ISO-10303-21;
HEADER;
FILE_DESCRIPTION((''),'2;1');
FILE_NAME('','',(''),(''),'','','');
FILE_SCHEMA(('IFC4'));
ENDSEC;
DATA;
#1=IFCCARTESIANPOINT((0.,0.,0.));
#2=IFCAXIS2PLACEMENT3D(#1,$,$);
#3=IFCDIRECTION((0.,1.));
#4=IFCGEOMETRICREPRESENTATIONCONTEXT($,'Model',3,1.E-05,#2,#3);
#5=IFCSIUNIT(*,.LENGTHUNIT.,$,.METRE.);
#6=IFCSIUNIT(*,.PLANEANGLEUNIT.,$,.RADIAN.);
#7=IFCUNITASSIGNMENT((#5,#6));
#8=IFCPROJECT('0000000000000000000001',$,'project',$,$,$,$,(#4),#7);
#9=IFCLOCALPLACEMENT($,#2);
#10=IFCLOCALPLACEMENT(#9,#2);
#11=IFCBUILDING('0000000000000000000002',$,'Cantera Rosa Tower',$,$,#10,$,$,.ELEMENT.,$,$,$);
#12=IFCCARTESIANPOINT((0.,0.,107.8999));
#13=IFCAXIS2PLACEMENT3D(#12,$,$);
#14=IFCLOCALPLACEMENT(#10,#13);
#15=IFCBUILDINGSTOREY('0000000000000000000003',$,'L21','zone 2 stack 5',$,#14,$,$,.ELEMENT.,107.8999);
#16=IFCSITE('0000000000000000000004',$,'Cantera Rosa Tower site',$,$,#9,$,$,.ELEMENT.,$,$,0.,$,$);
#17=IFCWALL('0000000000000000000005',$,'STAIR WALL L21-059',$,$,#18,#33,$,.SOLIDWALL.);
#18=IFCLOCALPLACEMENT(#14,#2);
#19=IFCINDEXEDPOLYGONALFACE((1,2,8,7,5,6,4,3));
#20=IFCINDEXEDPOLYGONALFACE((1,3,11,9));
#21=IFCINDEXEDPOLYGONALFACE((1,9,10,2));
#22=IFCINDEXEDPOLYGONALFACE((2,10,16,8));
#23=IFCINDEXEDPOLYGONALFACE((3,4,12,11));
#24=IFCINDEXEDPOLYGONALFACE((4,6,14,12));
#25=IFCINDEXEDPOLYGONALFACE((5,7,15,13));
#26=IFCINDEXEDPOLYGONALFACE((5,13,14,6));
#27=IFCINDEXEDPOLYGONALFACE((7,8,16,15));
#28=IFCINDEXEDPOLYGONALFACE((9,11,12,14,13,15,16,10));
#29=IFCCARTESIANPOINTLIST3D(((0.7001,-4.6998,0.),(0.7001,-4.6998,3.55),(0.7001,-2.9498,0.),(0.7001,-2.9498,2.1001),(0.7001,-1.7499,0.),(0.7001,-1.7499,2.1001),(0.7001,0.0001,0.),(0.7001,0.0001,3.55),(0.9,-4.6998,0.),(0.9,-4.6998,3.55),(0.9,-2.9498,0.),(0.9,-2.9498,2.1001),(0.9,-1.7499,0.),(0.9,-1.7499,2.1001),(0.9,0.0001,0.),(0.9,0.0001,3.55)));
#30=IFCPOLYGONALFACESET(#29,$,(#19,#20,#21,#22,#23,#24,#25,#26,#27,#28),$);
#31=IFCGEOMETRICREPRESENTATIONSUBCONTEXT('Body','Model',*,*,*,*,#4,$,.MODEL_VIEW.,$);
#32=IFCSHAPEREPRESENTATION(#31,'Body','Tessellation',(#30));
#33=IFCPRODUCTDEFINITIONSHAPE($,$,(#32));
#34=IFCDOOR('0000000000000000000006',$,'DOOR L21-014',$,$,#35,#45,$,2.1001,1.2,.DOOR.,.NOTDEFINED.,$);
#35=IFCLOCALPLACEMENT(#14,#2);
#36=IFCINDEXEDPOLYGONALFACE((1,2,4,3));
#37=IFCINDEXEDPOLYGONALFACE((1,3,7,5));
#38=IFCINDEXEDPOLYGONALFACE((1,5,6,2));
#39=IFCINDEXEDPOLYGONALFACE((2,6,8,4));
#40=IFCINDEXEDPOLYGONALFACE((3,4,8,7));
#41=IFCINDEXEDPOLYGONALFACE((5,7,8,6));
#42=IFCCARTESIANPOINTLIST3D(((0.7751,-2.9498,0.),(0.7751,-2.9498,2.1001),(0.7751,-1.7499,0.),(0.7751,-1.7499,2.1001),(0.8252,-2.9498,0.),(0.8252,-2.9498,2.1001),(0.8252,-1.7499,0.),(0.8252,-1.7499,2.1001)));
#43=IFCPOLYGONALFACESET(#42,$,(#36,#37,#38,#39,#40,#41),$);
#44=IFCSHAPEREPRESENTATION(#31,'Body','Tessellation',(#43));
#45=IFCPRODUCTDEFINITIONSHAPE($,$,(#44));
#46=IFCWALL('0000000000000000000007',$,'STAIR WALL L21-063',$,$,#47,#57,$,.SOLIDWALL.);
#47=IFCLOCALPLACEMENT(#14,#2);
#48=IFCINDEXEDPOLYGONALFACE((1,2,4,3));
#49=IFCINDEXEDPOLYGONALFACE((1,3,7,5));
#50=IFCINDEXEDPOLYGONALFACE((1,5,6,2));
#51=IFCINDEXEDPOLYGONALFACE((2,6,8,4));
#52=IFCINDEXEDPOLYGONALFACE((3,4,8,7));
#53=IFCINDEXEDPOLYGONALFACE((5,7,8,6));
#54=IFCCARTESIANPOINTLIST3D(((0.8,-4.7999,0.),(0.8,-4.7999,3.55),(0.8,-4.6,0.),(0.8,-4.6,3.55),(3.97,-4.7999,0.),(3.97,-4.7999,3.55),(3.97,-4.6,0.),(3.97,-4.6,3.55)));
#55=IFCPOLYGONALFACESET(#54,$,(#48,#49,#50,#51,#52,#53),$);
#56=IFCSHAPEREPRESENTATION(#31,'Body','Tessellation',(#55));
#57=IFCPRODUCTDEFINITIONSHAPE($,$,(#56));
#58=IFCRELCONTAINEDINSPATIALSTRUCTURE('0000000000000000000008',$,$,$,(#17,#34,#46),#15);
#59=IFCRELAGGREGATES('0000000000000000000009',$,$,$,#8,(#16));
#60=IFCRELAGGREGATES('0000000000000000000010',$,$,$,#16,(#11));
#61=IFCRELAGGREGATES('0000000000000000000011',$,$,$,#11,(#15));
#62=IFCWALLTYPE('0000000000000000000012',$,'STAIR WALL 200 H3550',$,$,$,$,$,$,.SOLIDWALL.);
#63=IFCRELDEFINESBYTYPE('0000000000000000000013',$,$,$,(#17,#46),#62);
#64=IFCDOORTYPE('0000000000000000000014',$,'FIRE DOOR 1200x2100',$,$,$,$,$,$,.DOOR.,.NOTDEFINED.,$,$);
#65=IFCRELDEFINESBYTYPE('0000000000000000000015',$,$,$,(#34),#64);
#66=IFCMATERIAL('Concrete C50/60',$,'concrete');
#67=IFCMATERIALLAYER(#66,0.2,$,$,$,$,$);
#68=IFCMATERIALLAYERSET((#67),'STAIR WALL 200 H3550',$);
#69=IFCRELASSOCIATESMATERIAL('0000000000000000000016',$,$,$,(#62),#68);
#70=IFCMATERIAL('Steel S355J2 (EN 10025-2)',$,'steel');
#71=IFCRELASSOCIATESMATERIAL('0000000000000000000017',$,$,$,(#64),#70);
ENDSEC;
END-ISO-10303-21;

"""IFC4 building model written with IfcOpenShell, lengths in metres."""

from ifc_helpers import new_model, si_unit, direction, frame, frame_2d, origin, place, context, subcontext, project, spatial, rectangle, extrude, material, layer, layer_set, type_object, element, fill, save


model = new_model("IFC4")

# Units and contexts
model_context = context("Model", 3, precision=1e-05, world=origin(), true_north=direction((0.0, 1.0)))
body_context = subcontext(model_context, "Body", "Model", "MODEL_VIEW")
ifc_project = project(units=[si_unit("LENGTHUNIT", "METRE"), si_unit("PLANEANGLEUNIT", "RADIAN")], contexts=[model_context])

# Site, building, storey
site_placement = place(None, origin())
site = spatial("IfcSite", under=ifc_project, at=site_placement, Name="Cantera Rosa Tower site", CompositionType="ELEMENT", RefElevation=0.0)
building_placement = place(site_placement, origin())
building = spatial("IfcBuilding", under=site, at=building_placement, Name="Cantera Rosa Tower", CompositionType="ELEMENT")
storey_placement = place(building_placement, frame((0.0, 0.0, 107.8999)))
storey = spatial("IfcBuildingStorey", under=building, at=storey_placement, Name="L21", Description="zone 2 stack 5", CompositionType="ELEMENT", Elevation=107.8999)

# Wall, opening, door
ifc_material_1 = material(Name="Concrete C50/60", Category="concrete")
ifc_layer_1 = layer(ifc_material_1, 0.2)
ifc_layer_set_1 = layer_set([ifc_layer_1], Name="STAIR WALL 200 H3550")
wall_type_1 = type_object("IfcWallType", Name="STAIR WALL 200 H3550", PredefinedType="SOLIDWALL", material=ifc_layer_set_1)
wall_1_placement = place(storey_placement, frame((0.8, -4.7, 0.0), z_axis=(0.0, 0.0, 1.0), x_axis=(0.0, 1.0, 0.0)))
wall_1 = element("IfcWall", 1, at=wall_1_placement, inside=storey, type_object=wall_type_1, Name="STAIR WALL L21-059", PredefinedType="SOLIDWALL", context=body_context, shape_type="SweptSolid", body=[
    extrude(rectangle(XDim=4.7, YDim=0.2, at=frame_2d((2.3501, 0.0))), origin(), (0.0, 0.0, 1.0), 3.55),
])
opening_1_placement = place(wall_1_placement, frame((1.75, 0.0, 0.0)))
opening_1 = element("IfcOpeningElement", 2, at=opening_1_placement, cuts=wall_1, PredefinedType="OPENING", context=body_context, shape_type="SweptSolid", body=[
    extrude(rectangle(XDim=1.2, YDim=2.1001, at=frame_2d((0.6001, 1.05))), frame((0.0, 0.1099, 0.0), z_axis=(0.0, -1.0, 0.0), x_axis=(1.0, 0.0, 0.0)), (0.0, 0.0, 1.0), 0.22),
])
ifc_material_2 = material(Name="Steel S355J2 (EN 10025-2)", Category="steel")
door_type_1 = type_object("IfcDoorType", Name="FIRE DOOR 1200x2100", OperationType="NOTDEFINED", PredefinedType="DOOR", material=ifc_material_2)
door_1_placement = place(opening_1_placement, origin())
door_1 = element("IfcDoor", 3, at=door_1_placement, inside=storey, type_object=door_type_1, Name="DOOR L21-014", OperationType="NOTDEFINED", OverallHeight=2.1001, OverallWidth=1.2, PredefinedType="DOOR", context=body_context, shape_type="SweptSolid", body=[
    extrude(rectangle(XDim=1.2, YDim=2.1001, at=frame_2d((0.6001, 1.05))), frame((0.0, 0.0249, 0.0), z_axis=(0.0, -1.0, 0.0), x_axis=(1.0, 0.0, 0.0)), (0.0, 0.0, 1.0), 0.05),
])
fill(opening_1, door_1)

# Wall
wall_2_placement = place(storey_placement, frame((3.97, -4.7, 0.0), z_axis=(0.0, 0.0, 1.0), x_axis=(-1.0, 0.0, 0.0)))
element("IfcWall", 4, at=wall_2_placement, inside=storey, type_object=wall_type_1, Name="STAIR WALL L21-063", PredefinedType="SOLIDWALL", context=body_context, shape_type="SweptSolid", body=[
    extrude(rectangle(XDim=3.1699, YDim=0.2, at=frame_2d((1.585, 0.0))), origin(), (0.0, 0.0, 1.0), 3.55),
])

save(model, "model.ifc")
